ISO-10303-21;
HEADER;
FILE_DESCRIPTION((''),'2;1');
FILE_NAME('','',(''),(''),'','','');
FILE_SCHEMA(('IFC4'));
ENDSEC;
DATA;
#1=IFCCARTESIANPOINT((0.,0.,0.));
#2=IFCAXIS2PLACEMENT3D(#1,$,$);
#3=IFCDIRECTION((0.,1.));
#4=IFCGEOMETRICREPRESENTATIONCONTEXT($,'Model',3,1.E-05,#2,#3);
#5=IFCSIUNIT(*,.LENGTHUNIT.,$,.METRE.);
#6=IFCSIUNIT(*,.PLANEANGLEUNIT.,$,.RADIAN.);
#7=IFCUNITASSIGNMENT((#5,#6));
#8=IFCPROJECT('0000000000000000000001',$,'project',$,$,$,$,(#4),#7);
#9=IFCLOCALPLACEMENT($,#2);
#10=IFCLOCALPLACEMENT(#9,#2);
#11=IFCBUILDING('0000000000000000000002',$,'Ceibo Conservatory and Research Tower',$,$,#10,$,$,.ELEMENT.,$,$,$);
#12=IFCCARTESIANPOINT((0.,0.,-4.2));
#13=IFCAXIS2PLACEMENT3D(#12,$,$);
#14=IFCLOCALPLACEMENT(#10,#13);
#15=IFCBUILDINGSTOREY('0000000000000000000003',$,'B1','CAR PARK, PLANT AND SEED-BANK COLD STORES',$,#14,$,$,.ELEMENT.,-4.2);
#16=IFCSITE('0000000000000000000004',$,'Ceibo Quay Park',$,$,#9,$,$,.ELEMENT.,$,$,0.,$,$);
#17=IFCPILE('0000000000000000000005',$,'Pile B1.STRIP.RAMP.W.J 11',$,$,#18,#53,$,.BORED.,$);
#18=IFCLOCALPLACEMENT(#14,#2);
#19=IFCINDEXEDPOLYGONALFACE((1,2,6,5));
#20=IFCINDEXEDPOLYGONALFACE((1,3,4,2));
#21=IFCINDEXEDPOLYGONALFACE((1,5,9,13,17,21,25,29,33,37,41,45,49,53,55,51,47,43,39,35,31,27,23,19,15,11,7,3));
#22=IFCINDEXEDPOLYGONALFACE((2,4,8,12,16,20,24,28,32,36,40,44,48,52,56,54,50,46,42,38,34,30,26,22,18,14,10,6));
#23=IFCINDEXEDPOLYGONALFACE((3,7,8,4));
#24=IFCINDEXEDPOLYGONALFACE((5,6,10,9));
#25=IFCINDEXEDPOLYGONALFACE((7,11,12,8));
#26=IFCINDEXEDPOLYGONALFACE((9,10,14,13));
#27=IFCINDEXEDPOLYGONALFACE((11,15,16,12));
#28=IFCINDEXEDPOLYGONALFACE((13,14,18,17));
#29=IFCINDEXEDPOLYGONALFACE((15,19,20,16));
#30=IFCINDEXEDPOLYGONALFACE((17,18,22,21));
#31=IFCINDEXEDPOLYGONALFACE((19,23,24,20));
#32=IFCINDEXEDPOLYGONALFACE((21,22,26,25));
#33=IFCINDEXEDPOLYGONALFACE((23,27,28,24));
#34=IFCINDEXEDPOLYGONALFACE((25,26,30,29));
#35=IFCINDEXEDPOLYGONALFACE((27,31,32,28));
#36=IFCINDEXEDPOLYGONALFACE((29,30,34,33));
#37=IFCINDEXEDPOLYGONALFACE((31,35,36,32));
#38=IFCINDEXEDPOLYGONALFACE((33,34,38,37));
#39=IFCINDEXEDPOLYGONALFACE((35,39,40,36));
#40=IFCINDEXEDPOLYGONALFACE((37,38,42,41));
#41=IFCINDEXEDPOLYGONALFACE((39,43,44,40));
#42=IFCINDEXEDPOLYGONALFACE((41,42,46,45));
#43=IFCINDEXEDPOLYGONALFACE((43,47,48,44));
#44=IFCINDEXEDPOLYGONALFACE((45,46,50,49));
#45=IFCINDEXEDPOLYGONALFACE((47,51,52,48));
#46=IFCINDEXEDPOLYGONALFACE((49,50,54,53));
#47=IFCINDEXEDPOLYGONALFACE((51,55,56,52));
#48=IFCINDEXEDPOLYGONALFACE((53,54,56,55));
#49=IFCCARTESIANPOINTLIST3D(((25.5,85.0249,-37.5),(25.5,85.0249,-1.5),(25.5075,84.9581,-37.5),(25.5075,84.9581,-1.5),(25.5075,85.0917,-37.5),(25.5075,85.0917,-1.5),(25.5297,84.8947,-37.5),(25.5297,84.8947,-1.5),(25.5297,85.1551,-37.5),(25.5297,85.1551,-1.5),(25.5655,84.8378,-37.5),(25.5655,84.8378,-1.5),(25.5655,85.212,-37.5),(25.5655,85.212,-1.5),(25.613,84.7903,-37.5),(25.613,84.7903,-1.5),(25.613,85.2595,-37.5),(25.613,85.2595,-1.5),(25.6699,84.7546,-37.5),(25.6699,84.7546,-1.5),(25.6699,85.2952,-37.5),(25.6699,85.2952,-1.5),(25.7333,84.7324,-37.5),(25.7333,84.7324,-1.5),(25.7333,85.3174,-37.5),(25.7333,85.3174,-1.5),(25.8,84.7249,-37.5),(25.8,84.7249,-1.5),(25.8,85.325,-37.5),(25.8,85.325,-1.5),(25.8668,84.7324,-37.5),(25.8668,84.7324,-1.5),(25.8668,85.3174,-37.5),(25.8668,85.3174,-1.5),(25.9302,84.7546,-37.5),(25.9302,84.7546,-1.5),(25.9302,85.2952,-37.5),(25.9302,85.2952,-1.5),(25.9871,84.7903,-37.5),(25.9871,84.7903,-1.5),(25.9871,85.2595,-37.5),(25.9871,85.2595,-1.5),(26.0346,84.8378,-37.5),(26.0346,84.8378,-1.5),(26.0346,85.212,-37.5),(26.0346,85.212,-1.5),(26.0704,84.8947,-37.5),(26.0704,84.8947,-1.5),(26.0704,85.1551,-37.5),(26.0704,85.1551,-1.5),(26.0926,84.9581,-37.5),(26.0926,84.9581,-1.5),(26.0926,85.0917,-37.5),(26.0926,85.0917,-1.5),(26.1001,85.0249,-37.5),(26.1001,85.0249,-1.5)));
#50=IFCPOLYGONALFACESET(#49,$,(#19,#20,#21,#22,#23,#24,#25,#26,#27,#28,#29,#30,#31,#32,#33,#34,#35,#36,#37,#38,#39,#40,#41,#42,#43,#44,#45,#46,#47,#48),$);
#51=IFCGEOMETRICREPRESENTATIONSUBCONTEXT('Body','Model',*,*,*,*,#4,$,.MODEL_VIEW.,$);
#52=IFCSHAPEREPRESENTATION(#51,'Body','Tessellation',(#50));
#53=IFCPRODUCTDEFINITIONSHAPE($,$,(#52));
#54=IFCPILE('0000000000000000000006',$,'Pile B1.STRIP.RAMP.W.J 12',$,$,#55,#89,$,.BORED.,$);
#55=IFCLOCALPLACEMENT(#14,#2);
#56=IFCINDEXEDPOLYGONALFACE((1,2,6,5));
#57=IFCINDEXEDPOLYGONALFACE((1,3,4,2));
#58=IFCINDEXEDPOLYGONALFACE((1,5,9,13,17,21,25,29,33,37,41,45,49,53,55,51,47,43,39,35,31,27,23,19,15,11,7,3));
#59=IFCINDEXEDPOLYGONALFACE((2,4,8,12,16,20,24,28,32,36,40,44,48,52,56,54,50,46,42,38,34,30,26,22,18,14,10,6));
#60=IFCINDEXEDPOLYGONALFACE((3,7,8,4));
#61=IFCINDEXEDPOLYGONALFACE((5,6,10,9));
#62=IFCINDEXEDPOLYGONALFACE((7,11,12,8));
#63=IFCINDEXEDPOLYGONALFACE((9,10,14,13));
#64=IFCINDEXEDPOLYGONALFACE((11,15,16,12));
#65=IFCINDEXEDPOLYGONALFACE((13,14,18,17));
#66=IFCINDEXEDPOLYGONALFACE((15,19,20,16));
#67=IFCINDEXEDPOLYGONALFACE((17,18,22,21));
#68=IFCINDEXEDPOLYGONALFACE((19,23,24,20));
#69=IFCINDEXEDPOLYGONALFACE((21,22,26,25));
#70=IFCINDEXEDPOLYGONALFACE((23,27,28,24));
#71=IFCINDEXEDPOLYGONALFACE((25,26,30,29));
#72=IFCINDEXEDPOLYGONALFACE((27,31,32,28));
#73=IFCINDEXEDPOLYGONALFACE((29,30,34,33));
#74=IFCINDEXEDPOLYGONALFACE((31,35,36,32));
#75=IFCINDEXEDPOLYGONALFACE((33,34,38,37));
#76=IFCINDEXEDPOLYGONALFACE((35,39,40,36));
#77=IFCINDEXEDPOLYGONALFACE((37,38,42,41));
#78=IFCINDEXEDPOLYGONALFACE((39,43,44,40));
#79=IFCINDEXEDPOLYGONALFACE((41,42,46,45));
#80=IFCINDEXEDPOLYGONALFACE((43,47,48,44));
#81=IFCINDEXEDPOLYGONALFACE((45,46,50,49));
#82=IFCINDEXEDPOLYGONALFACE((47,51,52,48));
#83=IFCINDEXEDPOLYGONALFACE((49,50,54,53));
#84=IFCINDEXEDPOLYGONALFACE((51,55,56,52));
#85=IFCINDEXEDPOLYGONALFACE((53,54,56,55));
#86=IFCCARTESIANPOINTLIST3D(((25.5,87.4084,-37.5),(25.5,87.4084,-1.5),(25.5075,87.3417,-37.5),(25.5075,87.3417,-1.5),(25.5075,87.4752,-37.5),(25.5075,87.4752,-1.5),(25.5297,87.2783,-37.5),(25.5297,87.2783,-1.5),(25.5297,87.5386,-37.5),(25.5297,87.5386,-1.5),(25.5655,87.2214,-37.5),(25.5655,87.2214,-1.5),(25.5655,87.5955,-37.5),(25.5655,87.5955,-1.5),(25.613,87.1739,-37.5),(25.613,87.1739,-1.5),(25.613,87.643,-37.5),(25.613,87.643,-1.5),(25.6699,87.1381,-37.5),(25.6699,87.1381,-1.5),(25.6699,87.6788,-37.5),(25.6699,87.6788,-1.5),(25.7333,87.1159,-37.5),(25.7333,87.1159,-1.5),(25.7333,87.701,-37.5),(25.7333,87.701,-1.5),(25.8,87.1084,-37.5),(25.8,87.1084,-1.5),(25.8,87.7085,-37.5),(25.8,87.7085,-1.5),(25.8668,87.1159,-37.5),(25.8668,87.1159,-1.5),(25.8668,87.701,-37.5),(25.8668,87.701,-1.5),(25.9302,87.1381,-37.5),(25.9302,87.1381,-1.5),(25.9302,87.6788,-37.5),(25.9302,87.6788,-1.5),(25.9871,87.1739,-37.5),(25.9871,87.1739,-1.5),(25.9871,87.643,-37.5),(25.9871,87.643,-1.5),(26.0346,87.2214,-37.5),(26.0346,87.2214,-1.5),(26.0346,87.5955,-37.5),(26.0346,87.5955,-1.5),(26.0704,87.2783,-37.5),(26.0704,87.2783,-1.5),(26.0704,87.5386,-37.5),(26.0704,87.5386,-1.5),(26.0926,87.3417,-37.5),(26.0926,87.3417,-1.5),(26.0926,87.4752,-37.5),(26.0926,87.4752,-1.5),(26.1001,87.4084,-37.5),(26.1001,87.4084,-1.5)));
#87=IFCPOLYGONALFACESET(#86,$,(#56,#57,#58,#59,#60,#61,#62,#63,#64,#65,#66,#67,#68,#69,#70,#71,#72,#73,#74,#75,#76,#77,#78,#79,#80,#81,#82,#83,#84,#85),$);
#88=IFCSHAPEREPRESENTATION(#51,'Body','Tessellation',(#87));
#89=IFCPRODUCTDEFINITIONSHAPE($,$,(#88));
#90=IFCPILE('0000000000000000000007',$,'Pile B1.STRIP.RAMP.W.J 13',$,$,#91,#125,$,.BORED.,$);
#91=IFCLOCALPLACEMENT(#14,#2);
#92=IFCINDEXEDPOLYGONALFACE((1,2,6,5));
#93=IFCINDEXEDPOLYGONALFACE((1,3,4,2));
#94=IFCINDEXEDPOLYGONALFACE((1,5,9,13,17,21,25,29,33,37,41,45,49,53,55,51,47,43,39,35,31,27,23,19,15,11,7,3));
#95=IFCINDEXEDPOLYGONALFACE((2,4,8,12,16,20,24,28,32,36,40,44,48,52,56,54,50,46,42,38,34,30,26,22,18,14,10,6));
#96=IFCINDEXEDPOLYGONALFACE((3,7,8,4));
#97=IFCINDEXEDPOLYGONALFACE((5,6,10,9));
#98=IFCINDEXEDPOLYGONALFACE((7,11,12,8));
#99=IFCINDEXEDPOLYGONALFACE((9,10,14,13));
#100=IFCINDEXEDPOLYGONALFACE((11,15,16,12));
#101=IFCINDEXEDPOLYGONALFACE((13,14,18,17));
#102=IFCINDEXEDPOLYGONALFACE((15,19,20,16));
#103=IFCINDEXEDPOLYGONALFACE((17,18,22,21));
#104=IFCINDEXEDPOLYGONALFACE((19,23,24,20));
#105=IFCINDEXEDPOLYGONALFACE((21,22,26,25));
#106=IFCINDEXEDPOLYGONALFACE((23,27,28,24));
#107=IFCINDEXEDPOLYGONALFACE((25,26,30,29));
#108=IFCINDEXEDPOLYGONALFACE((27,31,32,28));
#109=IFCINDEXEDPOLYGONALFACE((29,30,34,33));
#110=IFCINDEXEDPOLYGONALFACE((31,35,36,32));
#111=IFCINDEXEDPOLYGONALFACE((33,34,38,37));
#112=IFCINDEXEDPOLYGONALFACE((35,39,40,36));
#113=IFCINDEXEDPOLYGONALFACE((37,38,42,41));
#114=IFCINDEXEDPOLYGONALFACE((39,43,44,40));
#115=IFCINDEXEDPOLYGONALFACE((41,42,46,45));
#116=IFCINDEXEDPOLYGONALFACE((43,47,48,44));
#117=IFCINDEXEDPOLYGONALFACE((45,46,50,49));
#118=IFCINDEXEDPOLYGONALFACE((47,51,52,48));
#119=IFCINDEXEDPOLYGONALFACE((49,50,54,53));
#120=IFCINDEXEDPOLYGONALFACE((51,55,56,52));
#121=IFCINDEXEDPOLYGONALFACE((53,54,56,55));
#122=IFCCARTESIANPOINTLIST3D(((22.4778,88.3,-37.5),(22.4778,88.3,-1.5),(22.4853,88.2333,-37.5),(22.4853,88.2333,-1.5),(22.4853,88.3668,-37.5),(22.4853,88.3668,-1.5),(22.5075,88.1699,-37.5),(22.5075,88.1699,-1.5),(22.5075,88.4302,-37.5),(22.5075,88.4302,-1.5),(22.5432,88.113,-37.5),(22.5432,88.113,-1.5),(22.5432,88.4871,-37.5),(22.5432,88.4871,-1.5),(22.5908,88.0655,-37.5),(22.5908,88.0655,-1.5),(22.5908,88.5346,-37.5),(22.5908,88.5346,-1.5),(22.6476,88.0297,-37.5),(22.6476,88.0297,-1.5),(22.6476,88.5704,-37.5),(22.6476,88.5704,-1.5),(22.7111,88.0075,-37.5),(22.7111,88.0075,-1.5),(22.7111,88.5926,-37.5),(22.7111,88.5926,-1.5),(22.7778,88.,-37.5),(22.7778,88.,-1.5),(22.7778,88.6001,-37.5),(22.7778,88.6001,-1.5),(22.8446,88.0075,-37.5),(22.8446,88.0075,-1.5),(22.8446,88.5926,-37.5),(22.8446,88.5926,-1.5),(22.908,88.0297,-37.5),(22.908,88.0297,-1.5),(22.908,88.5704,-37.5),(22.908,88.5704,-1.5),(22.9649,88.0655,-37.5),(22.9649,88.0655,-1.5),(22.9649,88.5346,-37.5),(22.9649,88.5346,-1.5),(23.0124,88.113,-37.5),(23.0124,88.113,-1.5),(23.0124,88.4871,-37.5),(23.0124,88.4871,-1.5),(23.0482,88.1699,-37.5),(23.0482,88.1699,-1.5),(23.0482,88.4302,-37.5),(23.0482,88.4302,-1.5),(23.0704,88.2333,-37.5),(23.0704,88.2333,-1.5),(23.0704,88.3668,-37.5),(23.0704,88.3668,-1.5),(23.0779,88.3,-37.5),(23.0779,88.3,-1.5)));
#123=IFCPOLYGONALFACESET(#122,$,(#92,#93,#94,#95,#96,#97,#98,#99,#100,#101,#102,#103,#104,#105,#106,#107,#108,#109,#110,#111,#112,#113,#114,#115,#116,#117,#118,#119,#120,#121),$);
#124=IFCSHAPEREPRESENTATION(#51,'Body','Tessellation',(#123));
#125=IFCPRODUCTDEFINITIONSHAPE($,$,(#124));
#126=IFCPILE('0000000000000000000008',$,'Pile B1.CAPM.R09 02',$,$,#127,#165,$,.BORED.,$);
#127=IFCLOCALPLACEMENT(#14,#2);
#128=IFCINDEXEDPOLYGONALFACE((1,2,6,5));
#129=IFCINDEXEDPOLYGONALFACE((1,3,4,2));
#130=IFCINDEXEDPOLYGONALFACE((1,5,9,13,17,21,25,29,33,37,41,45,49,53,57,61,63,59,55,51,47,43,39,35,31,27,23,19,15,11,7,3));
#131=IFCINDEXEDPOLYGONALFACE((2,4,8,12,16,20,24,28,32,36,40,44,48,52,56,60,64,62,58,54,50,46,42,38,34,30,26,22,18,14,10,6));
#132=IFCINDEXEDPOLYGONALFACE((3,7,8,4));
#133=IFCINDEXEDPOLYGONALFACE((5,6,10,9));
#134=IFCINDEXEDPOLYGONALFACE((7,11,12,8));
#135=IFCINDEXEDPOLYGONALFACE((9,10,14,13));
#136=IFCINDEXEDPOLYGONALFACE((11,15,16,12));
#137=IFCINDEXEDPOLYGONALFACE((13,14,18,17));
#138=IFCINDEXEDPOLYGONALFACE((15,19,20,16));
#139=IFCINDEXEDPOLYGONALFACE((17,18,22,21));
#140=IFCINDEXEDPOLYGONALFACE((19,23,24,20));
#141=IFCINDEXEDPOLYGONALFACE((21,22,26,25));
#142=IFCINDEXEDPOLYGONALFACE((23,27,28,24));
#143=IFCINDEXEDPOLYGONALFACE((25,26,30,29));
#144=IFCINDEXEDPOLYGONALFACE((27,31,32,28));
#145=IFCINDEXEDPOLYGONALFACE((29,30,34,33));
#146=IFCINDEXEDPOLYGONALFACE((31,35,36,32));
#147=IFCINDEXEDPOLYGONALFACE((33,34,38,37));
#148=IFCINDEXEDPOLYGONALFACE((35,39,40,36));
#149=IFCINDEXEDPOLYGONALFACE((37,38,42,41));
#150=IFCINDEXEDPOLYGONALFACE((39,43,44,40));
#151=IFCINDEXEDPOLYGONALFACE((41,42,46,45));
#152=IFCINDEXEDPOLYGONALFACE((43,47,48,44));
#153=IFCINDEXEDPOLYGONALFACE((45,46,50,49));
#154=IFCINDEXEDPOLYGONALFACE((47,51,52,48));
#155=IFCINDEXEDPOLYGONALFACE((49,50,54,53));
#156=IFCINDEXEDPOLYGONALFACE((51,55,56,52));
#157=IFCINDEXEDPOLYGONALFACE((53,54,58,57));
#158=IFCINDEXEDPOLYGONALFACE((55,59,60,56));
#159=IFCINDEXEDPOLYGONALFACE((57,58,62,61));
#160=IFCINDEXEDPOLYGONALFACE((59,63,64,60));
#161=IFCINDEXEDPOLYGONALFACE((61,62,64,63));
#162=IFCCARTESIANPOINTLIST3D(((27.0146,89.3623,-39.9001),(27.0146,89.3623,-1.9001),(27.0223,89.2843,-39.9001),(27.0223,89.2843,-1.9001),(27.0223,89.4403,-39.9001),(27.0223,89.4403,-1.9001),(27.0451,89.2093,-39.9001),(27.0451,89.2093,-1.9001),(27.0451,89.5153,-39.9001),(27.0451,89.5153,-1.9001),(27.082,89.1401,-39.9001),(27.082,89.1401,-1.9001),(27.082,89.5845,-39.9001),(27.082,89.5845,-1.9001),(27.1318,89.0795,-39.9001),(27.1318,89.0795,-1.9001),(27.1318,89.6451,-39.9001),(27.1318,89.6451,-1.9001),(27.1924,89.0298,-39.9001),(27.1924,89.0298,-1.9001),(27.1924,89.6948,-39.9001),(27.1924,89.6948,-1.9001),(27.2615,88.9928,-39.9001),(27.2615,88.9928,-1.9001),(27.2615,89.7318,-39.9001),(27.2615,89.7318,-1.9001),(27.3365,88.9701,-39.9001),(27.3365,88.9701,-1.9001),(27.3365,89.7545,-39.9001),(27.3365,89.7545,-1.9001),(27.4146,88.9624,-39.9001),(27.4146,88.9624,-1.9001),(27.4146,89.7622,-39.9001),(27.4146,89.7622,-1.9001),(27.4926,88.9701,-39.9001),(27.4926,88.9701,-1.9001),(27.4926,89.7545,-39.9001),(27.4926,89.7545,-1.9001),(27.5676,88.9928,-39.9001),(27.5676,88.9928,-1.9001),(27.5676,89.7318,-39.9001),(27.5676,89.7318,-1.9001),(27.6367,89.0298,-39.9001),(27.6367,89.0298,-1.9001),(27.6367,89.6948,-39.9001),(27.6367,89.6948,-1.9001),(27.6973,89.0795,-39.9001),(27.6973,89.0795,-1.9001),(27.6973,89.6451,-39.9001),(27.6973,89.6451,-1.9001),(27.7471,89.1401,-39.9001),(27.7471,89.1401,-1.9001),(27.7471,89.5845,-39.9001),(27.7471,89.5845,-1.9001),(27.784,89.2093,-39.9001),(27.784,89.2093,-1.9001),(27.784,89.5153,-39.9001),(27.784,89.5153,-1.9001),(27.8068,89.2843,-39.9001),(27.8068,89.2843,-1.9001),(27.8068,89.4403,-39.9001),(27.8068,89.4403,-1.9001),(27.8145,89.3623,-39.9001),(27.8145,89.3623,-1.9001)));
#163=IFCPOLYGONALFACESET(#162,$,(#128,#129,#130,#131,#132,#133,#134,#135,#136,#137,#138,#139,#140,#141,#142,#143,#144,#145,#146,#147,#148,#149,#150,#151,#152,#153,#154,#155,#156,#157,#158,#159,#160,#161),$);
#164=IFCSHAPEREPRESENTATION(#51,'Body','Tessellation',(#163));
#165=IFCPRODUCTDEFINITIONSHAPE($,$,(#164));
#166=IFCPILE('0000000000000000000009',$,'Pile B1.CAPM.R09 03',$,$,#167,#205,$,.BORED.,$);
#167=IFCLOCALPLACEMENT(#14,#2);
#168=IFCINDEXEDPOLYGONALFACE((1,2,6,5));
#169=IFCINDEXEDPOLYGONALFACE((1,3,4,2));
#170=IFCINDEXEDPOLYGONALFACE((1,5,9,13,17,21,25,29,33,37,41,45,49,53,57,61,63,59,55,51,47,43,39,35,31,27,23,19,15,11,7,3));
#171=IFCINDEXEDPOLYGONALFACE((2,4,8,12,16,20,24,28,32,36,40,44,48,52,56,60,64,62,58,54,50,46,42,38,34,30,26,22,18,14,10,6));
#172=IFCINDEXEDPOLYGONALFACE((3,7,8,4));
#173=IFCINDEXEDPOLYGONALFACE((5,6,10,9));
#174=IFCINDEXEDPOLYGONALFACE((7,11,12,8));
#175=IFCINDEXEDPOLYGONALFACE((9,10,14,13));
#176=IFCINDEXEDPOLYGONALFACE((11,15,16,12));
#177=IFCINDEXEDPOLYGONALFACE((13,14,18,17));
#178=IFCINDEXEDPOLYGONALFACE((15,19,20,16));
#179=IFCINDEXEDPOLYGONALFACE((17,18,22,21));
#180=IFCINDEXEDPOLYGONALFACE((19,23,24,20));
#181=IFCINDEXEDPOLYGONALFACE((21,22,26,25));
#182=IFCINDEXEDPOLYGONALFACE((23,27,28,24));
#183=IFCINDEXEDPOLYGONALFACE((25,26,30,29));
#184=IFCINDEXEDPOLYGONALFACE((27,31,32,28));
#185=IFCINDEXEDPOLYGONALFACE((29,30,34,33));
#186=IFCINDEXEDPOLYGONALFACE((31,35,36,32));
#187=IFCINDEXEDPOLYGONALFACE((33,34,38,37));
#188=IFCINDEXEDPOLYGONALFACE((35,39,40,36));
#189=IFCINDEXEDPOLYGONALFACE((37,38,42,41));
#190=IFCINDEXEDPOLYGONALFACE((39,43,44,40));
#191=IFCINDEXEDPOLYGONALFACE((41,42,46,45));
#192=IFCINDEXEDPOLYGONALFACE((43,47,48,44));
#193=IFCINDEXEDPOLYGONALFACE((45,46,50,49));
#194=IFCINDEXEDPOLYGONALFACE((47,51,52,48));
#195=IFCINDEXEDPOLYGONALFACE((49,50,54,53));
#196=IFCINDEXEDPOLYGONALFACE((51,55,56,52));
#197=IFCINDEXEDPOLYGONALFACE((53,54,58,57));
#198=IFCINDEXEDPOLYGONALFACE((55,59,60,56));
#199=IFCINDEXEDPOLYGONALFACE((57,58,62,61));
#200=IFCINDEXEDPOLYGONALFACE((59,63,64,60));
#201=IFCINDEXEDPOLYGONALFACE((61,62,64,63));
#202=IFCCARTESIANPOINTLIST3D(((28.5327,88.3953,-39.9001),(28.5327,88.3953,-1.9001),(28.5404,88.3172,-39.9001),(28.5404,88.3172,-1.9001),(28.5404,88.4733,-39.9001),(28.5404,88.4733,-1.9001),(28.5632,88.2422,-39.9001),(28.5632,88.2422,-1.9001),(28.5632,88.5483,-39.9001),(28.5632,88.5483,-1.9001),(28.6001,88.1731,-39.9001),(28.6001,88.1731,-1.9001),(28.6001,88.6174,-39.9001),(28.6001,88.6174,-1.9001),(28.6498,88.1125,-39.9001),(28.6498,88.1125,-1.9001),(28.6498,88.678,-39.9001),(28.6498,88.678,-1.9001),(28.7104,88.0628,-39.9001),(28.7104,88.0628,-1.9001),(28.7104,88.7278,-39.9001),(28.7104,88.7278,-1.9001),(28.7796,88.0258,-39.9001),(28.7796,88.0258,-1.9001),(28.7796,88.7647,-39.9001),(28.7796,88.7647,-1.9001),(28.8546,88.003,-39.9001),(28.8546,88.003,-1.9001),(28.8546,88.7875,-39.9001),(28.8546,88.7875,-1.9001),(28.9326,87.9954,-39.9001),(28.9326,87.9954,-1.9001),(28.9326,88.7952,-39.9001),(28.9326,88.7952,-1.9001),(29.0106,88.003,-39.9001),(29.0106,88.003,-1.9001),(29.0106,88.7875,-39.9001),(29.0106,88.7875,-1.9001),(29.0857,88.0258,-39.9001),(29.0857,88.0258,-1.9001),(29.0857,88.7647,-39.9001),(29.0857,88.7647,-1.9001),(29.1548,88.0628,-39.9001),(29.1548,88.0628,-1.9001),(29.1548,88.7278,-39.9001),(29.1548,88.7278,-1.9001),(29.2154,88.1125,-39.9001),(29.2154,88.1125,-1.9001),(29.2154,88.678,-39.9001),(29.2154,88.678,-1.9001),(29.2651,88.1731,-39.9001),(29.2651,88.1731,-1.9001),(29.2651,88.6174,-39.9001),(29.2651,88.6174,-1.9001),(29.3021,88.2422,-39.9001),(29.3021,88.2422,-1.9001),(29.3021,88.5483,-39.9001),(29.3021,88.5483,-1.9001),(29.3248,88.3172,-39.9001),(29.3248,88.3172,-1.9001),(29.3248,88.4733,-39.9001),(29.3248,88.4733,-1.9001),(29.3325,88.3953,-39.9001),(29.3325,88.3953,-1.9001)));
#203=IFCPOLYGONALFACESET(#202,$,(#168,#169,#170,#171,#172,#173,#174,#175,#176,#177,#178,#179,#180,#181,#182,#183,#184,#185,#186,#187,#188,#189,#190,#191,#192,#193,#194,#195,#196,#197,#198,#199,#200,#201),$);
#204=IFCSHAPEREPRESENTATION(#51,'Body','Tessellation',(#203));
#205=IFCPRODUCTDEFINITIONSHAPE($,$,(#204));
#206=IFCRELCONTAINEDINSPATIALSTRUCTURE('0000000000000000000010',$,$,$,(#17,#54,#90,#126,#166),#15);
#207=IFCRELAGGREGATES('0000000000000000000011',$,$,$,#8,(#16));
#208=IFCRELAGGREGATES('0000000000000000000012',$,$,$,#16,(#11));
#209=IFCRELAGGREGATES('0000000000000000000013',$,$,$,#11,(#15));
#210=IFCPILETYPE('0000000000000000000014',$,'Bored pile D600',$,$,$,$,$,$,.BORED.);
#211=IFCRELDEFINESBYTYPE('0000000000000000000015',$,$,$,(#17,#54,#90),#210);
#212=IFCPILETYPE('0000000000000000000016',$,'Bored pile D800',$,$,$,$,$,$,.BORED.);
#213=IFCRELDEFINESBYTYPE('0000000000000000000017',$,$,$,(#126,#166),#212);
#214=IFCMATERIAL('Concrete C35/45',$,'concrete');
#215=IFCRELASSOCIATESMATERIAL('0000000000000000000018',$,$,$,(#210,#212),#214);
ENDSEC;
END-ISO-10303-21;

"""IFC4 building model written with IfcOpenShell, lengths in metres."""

from ifc_helpers import new_model, si_unit, direction, frame, origin, origin_2d, place, context, subcontext, project, spatial, circle, extrude, material, material_profile, profile_set, type_object, element, save


model = new_model("IFC4")

# Units and contexts
model_context = context("Model", 3, precision=1e-05, world=origin(), true_north=direction((0.0, 1.0)))
body_context = subcontext(model_context, "Body", "Model", "MODEL_VIEW")
ifc_project = project(units=[si_unit("LENGTHUNIT", "METRE"), si_unit("PLANEANGLEUNIT", "RADIAN")], contexts=[model_context])

# Site, building, storey
site_placement = place(None, origin())
site = spatial("IfcSite", under=ifc_project, at=site_placement, Name="Ceibo Quay Park", CompositionType="ELEMENT", RefElevation=0.0)
building_placement = place(site_placement, origin())
building = spatial("IfcBuilding", under=site, at=building_placement, Name="Ceibo Conservatory and Research Tower", CompositionType="ELEMENT")
storey_placement = place(building_placement, frame((0.0, 0.0, -4.2)))
storey = spatial("IfcBuildingStorey", under=building, at=storey_placement, Name="B1", Description="CAR PARK, PLANT AND SEED-BANK COLD STORES", CompositionType="ELEMENT", Elevation=-4.2)

# Piles
ifc_material_1 = material(Name="Concrete C35/45", Category="concrete")
ifc_material_profile_1 = material_profile(ifc_material_1, circle(Radius=0.3, at=origin_2d()), Name="RC D600")
ifc_profile_set_1 = profile_set([ifc_material_profile_1], Name="Concrete C35/45")
pile_type_1 = type_object("IfcPileType", Name="Bored pile D600", PredefinedType="BORED", material=ifc_profile_set_1)
for number, where, z_axis, x_axis, name in (
    (1, (25.8, 85.0249, -1.5), (0.0, 0.0, -1.0), (1.0, 0.0, 0.0), "Pile B1.STRIP.RAMP.W.J 11"),
    (2, (25.8, 87.4084, -1.5), (0.0, 0.0, -1.0), (1.0, 0.0, 0.0), "Pile B1.STRIP.RAMP.W.J 12"),
    (3, (22.7778, 88.3, -1.5), (0.0, 0.0, -1.0), (1.0, 0.0, 0.0), "Pile B1.STRIP.RAMP.W.J 13"),
):
    element("IfcPile", number, at=place(storey_placement, frame(where, z_axis=z_axis, x_axis=x_axis)), inside=storey, type_object=pile_type_1, Name=name, PredefinedType="BORED", context=body_context, shape_type="SweptSolid", body=[
        extrude(circle(Radius=0.3, at=origin_2d()), origin(), (0.0, 0.0, 1.0), 36.0),
    ])
ifc_material_profile_2 = material_profile(ifc_material_1, circle(Radius=0.3999, at=origin_2d()), Name="RC D800")
ifc_profile_set_2 = profile_set([ifc_material_profile_2], Name="Concrete C35/45")
pile_type_2 = type_object("IfcPileType", Name="Bored pile D800", PredefinedType="BORED", material=ifc_profile_set_2)
for number, where, z_axis, x_axis, name in (
    (4, (27.4146, 89.3623, -1.9001), (0.0, 0.0, -1.0), (1.0, 0.0, 0.0), "Pile B1.CAPM.R09 02"),
    (5, (28.9326, 88.3953, -1.9001), (0.0, 0.0, -1.0), (1.0, 0.0, 0.0), "Pile B1.CAPM.R09 03"),
):
    element("IfcPile", number, at=place(storey_placement, frame(where, z_axis=z_axis, x_axis=x_axis)), inside=storey, type_object=pile_type_2, Name=name, PredefinedType="BORED", context=body_context, shape_type="SweptSolid", body=[
        extrude(circle(Radius=0.3999, at=origin_2d()), origin(), (0.0, 0.0, 1.0), 38.0),
    ])

save(model, "model.ifc")
